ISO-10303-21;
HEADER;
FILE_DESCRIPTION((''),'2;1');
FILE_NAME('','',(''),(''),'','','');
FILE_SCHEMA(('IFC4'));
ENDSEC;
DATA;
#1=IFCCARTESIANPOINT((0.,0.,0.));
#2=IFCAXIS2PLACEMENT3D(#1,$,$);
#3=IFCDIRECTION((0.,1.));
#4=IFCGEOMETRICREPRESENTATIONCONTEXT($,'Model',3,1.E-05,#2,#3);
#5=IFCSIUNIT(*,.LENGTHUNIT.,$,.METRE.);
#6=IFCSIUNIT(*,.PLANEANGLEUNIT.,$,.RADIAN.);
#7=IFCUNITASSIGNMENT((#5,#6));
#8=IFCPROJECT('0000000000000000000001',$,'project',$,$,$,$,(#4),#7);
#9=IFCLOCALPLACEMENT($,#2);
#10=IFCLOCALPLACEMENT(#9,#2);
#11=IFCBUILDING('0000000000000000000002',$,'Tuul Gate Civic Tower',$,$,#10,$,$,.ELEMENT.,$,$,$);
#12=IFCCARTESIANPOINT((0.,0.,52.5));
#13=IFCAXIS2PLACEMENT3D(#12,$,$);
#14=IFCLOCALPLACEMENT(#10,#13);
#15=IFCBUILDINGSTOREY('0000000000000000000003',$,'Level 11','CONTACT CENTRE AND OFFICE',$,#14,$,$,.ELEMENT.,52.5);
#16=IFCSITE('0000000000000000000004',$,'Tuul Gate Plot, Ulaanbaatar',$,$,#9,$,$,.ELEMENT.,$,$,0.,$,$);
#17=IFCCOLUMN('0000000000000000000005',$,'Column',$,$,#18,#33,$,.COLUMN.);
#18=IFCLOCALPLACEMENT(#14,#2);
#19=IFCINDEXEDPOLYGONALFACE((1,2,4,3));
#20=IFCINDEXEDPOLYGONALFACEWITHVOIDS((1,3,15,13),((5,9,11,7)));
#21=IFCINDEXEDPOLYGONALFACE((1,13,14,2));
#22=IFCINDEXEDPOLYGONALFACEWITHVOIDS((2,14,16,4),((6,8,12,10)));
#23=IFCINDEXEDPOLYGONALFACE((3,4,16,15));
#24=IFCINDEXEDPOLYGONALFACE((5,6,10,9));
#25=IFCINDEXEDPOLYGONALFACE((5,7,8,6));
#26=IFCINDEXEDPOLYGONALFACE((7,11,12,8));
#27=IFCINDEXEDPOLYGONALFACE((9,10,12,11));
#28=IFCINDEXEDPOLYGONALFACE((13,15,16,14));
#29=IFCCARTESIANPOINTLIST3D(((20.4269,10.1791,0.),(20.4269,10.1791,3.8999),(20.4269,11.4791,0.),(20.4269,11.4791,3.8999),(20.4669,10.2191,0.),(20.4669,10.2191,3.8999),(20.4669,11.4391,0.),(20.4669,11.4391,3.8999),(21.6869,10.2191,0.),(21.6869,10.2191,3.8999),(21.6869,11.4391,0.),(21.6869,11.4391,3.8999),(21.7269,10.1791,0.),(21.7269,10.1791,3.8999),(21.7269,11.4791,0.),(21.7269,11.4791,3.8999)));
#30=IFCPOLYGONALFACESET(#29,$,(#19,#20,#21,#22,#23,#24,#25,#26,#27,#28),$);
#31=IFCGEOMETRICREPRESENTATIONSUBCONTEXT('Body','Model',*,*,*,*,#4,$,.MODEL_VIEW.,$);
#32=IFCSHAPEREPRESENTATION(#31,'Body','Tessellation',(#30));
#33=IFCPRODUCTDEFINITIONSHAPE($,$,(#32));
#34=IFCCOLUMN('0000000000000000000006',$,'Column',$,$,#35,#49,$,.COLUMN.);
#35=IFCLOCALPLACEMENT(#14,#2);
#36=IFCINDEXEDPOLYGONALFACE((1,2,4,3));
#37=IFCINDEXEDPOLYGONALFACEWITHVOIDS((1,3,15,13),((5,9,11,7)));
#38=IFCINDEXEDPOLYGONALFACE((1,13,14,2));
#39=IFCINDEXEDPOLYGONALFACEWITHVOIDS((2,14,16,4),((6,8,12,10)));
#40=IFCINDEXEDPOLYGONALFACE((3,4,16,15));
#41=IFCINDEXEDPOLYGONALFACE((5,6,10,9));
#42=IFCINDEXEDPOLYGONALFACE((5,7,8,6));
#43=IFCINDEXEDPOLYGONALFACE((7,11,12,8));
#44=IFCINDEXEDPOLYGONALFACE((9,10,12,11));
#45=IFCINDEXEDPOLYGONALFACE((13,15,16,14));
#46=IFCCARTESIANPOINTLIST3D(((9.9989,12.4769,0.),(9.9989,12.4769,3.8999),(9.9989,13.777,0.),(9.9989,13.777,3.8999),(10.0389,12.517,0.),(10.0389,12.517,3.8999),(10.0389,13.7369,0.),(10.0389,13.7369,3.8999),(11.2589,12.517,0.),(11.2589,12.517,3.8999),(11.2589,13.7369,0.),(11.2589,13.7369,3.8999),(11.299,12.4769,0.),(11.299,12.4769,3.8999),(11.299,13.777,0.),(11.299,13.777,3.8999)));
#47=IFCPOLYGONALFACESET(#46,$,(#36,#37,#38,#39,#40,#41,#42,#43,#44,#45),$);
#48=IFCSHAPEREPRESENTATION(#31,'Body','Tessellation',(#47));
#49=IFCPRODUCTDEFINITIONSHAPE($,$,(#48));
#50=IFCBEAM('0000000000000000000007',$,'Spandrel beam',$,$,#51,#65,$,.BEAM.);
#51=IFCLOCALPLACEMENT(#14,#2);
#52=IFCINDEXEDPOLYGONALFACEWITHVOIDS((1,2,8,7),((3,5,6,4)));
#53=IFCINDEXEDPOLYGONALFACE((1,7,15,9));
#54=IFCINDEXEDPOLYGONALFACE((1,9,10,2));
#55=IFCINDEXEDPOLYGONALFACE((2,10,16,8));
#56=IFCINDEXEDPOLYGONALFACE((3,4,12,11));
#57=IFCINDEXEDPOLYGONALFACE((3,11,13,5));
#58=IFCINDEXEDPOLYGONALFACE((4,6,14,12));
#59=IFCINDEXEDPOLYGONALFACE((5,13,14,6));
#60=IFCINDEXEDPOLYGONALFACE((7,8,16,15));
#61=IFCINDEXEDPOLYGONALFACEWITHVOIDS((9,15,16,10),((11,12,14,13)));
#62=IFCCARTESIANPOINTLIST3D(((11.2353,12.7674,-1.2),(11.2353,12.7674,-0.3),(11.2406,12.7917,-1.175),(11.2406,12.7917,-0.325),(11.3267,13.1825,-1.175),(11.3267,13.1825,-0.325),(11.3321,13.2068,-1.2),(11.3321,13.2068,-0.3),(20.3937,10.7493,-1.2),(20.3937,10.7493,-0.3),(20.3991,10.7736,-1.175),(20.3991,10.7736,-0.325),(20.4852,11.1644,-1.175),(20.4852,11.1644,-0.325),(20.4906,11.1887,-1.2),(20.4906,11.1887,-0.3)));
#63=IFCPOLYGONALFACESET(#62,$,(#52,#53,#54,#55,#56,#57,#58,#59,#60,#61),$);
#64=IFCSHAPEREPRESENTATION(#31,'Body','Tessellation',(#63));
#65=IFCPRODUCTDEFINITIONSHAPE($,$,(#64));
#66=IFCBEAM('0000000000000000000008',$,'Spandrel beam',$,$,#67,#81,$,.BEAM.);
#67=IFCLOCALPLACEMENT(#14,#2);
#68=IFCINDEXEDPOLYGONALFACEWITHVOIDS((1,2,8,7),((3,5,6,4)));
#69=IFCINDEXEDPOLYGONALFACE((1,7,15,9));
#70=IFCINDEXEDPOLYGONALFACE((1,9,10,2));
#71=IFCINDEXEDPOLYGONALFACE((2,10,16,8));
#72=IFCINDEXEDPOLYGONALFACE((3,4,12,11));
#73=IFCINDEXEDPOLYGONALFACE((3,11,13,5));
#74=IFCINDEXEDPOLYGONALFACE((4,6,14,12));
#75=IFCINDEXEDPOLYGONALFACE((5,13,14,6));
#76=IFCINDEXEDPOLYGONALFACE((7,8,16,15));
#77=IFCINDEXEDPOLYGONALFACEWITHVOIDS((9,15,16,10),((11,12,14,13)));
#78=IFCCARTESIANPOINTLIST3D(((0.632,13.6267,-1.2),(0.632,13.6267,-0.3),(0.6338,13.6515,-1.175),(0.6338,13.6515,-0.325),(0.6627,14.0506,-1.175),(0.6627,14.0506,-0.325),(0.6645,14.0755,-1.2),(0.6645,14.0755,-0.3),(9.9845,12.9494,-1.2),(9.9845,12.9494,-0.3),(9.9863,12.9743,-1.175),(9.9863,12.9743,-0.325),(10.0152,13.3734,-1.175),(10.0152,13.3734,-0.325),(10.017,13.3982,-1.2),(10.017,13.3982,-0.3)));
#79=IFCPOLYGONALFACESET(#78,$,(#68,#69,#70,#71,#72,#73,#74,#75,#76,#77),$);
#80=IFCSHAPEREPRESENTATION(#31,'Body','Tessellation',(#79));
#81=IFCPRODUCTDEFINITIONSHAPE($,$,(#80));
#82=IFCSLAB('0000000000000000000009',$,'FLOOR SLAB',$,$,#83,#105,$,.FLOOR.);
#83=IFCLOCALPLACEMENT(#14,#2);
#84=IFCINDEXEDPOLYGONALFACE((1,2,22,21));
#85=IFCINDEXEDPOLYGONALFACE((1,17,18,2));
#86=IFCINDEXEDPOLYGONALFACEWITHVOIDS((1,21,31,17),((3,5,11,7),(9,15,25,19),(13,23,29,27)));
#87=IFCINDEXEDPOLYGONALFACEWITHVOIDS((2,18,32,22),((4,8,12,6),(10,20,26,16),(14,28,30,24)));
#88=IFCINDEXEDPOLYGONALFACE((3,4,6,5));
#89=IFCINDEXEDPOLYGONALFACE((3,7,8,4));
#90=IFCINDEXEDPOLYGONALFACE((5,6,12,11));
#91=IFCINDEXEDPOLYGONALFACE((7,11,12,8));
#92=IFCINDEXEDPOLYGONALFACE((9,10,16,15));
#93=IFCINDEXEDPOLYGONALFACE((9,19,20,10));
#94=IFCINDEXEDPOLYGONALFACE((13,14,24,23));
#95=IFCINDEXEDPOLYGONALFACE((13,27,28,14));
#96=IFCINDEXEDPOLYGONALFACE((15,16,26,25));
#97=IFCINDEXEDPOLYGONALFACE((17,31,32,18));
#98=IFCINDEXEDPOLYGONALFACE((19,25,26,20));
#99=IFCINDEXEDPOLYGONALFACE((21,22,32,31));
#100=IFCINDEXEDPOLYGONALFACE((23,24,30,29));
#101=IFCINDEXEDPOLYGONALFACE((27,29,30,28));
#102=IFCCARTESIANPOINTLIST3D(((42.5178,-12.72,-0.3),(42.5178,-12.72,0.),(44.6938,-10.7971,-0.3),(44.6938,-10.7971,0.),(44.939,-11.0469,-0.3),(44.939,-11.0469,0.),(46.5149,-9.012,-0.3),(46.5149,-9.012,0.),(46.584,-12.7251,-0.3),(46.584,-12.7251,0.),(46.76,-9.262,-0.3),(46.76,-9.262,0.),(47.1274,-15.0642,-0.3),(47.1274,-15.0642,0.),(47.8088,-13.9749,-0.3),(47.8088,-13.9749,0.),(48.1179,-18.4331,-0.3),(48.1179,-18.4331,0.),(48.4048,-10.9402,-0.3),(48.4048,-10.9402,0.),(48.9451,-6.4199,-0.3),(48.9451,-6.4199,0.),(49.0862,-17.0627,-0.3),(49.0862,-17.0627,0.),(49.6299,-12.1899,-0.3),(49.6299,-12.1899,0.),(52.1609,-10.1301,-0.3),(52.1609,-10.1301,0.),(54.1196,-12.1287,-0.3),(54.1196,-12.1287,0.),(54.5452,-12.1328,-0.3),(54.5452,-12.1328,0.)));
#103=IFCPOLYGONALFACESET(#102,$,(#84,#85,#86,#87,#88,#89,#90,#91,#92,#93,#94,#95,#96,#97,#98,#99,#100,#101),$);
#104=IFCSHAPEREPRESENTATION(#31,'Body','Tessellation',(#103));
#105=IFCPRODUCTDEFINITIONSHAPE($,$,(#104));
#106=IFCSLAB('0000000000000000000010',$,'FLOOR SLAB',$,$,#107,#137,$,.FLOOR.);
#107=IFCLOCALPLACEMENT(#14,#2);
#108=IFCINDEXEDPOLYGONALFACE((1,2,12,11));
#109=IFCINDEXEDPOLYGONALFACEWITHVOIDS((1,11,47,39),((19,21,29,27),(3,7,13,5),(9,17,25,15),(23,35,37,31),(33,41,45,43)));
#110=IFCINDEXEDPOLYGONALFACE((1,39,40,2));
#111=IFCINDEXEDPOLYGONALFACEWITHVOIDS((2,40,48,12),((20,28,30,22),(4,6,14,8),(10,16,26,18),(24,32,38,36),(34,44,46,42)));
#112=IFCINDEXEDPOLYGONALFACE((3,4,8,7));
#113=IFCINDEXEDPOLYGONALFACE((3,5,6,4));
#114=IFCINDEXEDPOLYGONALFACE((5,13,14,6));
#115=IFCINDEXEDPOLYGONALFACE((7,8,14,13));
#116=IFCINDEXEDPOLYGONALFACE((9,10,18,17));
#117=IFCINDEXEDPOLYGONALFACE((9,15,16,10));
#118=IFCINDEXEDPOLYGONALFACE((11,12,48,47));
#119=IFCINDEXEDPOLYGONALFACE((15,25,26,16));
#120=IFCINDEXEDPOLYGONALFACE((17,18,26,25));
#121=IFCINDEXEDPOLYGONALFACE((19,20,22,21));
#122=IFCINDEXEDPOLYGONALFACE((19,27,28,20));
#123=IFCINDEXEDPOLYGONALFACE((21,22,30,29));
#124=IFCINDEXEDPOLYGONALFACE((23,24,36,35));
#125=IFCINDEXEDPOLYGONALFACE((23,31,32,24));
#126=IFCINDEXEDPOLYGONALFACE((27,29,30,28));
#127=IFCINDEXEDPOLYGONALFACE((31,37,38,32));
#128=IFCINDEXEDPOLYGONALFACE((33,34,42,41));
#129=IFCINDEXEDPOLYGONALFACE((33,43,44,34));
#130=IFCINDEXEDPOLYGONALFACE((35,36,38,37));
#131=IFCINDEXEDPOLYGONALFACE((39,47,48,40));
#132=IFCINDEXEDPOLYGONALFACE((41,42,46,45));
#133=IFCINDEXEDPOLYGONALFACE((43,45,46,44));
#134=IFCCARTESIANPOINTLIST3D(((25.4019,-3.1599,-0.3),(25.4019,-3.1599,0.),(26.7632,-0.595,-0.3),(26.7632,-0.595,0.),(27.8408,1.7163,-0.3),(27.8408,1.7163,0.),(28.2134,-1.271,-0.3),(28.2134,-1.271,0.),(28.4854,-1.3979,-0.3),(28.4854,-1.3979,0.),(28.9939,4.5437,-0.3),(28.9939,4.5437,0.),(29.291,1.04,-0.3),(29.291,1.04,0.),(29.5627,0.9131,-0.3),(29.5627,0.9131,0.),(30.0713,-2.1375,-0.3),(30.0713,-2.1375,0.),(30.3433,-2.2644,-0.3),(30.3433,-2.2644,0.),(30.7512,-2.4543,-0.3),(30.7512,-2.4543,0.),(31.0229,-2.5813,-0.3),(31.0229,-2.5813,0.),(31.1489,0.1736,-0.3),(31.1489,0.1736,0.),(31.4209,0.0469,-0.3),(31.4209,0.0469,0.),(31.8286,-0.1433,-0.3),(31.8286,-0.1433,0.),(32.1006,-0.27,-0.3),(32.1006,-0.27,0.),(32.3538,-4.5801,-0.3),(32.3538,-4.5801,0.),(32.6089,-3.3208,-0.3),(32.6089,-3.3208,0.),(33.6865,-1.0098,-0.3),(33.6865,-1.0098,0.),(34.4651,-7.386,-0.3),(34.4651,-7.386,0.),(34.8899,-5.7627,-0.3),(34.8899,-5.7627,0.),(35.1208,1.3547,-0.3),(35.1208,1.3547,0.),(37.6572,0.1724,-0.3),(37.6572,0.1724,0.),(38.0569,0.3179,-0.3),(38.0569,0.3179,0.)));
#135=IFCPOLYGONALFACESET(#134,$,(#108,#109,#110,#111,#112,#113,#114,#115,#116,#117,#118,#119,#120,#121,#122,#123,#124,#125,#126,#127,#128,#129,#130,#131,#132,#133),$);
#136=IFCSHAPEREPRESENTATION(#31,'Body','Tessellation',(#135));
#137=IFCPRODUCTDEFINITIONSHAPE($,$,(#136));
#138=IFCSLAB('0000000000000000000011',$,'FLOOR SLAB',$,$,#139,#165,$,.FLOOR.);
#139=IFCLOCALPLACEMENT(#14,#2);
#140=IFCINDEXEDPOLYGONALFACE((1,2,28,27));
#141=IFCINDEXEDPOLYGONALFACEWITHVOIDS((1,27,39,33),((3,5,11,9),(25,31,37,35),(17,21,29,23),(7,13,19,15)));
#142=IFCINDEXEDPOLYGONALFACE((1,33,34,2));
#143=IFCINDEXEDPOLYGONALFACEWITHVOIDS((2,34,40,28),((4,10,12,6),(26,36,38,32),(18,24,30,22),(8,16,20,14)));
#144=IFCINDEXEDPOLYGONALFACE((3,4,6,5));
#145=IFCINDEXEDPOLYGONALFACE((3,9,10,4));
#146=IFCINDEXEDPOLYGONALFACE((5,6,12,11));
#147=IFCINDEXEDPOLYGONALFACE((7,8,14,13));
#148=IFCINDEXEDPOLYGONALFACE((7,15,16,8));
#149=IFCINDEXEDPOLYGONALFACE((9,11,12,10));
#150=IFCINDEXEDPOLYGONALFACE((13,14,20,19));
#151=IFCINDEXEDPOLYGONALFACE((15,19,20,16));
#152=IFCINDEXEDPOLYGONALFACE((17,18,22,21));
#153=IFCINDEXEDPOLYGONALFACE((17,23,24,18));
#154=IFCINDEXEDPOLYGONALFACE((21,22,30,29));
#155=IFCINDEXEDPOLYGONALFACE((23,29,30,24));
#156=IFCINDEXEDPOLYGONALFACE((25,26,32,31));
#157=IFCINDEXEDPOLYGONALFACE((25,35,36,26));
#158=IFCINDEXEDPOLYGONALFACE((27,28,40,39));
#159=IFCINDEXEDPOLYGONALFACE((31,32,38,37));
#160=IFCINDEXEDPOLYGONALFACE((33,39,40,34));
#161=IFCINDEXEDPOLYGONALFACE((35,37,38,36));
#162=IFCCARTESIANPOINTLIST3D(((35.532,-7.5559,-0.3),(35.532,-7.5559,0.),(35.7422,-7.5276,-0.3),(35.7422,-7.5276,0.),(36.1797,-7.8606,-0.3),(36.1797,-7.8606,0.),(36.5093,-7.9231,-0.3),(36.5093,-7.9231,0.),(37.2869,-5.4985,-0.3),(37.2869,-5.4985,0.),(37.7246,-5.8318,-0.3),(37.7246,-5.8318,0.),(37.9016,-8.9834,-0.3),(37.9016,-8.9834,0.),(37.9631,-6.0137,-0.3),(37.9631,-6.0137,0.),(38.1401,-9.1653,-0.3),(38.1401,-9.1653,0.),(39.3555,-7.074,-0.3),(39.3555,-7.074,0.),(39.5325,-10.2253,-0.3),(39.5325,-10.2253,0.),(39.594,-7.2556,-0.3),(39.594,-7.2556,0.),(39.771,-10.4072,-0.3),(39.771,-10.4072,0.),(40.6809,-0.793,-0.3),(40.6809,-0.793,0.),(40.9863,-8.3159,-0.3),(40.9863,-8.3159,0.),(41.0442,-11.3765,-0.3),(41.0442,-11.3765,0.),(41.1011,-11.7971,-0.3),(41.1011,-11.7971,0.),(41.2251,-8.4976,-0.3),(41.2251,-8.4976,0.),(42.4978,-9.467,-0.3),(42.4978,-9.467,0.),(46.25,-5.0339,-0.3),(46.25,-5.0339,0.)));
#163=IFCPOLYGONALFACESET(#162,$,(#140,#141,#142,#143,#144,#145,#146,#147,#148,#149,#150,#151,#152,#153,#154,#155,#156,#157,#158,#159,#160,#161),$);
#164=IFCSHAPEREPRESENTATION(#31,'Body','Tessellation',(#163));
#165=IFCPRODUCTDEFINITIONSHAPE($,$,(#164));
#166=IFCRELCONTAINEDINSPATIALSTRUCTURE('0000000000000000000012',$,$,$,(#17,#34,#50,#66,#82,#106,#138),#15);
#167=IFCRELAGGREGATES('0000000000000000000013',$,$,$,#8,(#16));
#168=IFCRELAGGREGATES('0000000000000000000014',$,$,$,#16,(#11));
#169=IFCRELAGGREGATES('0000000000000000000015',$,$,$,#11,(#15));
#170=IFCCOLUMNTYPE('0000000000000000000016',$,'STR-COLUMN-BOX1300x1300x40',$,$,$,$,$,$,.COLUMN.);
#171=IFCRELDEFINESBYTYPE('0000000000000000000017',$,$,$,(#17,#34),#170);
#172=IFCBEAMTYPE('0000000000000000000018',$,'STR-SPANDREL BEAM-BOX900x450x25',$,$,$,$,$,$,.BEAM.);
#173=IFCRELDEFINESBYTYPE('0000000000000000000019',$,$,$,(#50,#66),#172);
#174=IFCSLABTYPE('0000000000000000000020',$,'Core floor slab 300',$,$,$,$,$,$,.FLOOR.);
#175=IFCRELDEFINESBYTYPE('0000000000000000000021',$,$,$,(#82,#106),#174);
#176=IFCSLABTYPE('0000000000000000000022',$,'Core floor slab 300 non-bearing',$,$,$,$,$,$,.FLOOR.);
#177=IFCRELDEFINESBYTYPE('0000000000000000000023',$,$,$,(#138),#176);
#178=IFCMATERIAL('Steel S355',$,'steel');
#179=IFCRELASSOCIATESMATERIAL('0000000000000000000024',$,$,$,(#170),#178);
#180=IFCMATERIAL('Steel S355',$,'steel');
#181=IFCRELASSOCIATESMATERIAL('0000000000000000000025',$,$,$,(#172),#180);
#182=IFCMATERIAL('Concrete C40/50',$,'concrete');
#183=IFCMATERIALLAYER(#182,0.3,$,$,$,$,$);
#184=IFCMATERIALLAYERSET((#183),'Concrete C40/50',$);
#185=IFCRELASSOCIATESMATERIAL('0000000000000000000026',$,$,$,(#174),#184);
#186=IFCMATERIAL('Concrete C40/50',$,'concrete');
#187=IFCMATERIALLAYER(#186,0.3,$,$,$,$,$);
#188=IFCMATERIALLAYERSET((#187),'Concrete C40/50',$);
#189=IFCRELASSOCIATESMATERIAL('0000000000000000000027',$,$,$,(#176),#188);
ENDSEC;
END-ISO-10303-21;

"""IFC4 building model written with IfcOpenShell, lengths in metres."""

from ifc_helpers import new_model, si_unit, direction, frame, origin, origin_2d, place, context, subcontext, project, spatial, polyline, hollow_rectangle, outline, extrude, material, layer, layer_set, material_profile, profile_set, type_object, element, save


model = new_model("IFC4")

# Units and contexts
model_context = context("Model", 3, precision=1e-05, world=origin(), true_north=direction((0.0, 1.0)))
body_context = subcontext(model_context, "Body", "Model", "MODEL_VIEW")
ifc_project = project(units=[si_unit("LENGTHUNIT", "METRE"), si_unit("PLANEANGLEUNIT", "RADIAN")], contexts=[model_context])

# Site, building, storey
site_placement = place(None, origin())
site = spatial("IfcSite", under=ifc_project, at=site_placement, Name="Tuul Gate Plot, Ulaanbaatar", CompositionType="ELEMENT", RefElevation=0.0)
building_placement = place(site_placement, origin())
building = spatial("IfcBuilding", under=site, at=building_placement, Name="Tuul Gate Civic Tower", CompositionType="ELEMENT")
storey_placement = place(building_placement, frame((0.0, 0.0, 52.5)))
storey = spatial("IfcBuildingStorey", under=building, at=storey_placement, Name="Level 11", Description="CONTACT CENTRE AND OFFICE", CompositionType="ELEMENT", Elevation=52.5)

# Columns
ifc_material_1 = material(Name="Steel S355", Category="steel")
ifc_material_profile_1 = material_profile(ifc_material_1, hollow_rectangle(XDim=1.3, YDim=1.3, WallThickness=0.04, at=origin_2d()), Name="BOX1300x1300x40")
ifc_profile_set_1 = profile_set([ifc_material_profile_1], Name="Steel S355")
column_type = type_object("IfcColumnType", Name="STR-COLUMN-BOX1300x1300x40", PredefinedType="COLUMN", material=ifc_profile_set_1)
for number, where, z_axis, x_axis, name in (
    (1, (21.0769, 10.8291, 0.0), (0.0, 0.0, 1.0), (1.0, 0.0, 0.0), "Column"),
    (2, (10.6489, 13.127, 0.0), (0.0, 0.0, 1.0), (1.0, 0.0, 0.0), "Column"),
):
    element("IfcColumn", number, at=place(storey_placement, frame(where, z_axis=z_axis, x_axis=x_axis)), inside=storey, type_object=column_type, Name=name, PredefinedType="COLUMN", context=body_context, shape_type="SweptSolid", body=[
        extrude(hollow_rectangle(XDim=1.3, YDim=1.3, WallThickness=0.04, at=origin_2d()), origin(), (0.0, 0.0, 1.0), 3.8999),
    ])

# Beams
ifc_material_2 = material(Name="Steel S355", Category="steel")
ifc_material_profile_2 = material_profile(ifc_material_2, hollow_rectangle(XDim=0.45, YDim=0.8999, WallThickness=0.0249, at=origin_2d()), Name="BOX900x450x25")
ifc_profile_set_2 = profile_set([ifc_material_profile_2], Name="Steel S355")
beam_type = type_object("IfcBeamType", Name="STR-SPANDREL BEAM-BOX900x450x25", PredefinedType="BEAM", material=ifc_profile_set_2)
beam_1_placement = place(storey_placement, frame((20.4421, 10.969, -0.75), z_axis=(-0.976573, 0.215188, 0.0), x_axis=(-0.215188, -0.976573, 0.0)))
element("IfcBeam", 3, at=beam_1_placement, inside=storey, type_object=beam_type, Name="Spandrel beam", PredefinedType="BEAM", context=body_context, shape_type="SweptSolid", body=[
    extrude(hollow_rectangle(XDim=0.45, YDim=0.8999, WallThickness=0.0249, at=origin_2d()), origin(), (0.0, 0.0, 1.0), 9.3782),
])
beam_2_placement = place(storey_placement, frame((10.0007, 13.1738, -0.75), z_axis=(-0.997388, 0.072224, 0.0), x_axis=(-0.072224, -0.997388, 0.0)))
element("IfcBeam", 4, at=beam_2_placement, inside=storey, type_object=beam_type, Name="Spandrel beam", PredefinedType="BEAM", context=body_context, shape_type="SweptSolid", body=[
    extrude(hollow_rectangle(XDim=0.45, YDim=0.8999, WallThickness=0.0249, at=origin_2d()), origin(), (0.0, 0.0, 1.0), 9.377),
])

# Slabs
ifc_material_3 = material(Name="Concrete C40/50", Category="concrete")
ifc_layer_1 = layer(ifc_material_3, 0.3)
ifc_layer_set_1 = layer_set([ifc_layer_1], Name="Concrete C40/50")
slab_type_1 = type_object("IfcSlabType", Name="Core floor slab 300", PredefinedType="FLOOR", material=ifc_layer_set_1)
slab_1_placement = place(storey_placement, frame((0.0, 0.0, -0.3)))
element("IfcSlab", 5, at=slab_1_placement, inside=storey, type_object=slab_type_1, Name="FLOOR SLAB", PredefinedType="FLOOR", context=body_context, shape_type="SweptSolid", body=[
    extrude(outline(polyline([(48.1179, -18.4331), (54.5452, -12.1328), (48.9451, -6.4199), (42.5178, -12.72), (48.1179, -18.4331)]), holes=[polyline([(47.8088, -13.9749), (49.6299, -12.1899), (48.4048, -10.9402), (46.584, -12.7251), (47.8088, -13.9749)]), polyline([(44.939, -11.0469), (46.76, -9.262), (46.5149, -9.012), (44.6938, -10.7971), (44.939, -11.0469)]), polyline([(49.0862, -17.0627), (47.1274, -15.0642), (52.1609, -10.1301), (54.1196, -12.1287), (49.0862, -17.0627)])]), origin(), (0.0, 0.0, 1.0), 0.3),
])
slab_2_placement = place(storey_placement, frame((0.0, 0.0, -0.3)))
element("IfcSlab", 6, at=slab_2_placement, inside=storey, type_object=slab_type_1, Name="FLOOR SLAB", PredefinedType="FLOOR", context=body_context, shape_type="SweptSolid", body=[
    extrude(outline(polyline([(34.4651, -7.386), (38.0569, 0.3179), (28.9939, 4.5437), (25.4019, -3.1599), (34.4651, -7.386)]), holes=[polyline([(32.6089, -3.3208), (33.6865, -1.0098), (32.1006, -0.27), (31.0229, -2.5813), (32.6089, -3.3208)]), polyline([(30.0713, -2.1375), (31.1489, 0.1736), (29.5627, 0.9131), (28.4854, -1.3979), (30.0713, -2.1375)]), polyline([(30.7512, -2.4543), (31.8286, -0.1433), (31.4209, 0.0469), (30.3433, -2.2644), (30.7512, -2.4543)]), polyline([(28.2134, -1.271), (29.291, 1.04), (27.8408, 1.7163), (26.7632, -0.595), (28.2134, -1.271)]), polyline([(34.8899, -5.7627), (32.3538, -4.5801), (35.1208, 1.3547), (37.6572, 0.1724), (34.8899, -5.7627)])]), origin(), (0.0, 0.0, 1.0), 0.3),
])
ifc_material_4 = material(Name="Concrete C40/50", Category="concrete")
ifc_layer_2 = layer(ifc_material_4, 0.3)
ifc_layer_set_2 = layer_set([ifc_layer_2], Name="Concrete C40/50")
slab_type_2 = type_object("IfcSlabType", Name="Core floor slab 300 non-bearing", PredefinedType="FLOOR", material=ifc_layer_set_2)
slab_3_placement = place(storey_placement, frame((0.0, 0.0, -0.3)))
element("IfcSlab", 7, at=slab_3_placement, inside=storey, type_object=slab_type_2, Name="FLOOR SLAB", PredefinedType="FLOOR", context=body_context, shape_type="SweptSolid", body=[
    extrude(outline(polyline([(41.1011, -11.7971), (46.25, -5.0339), (40.6809, -0.793), (35.532, -7.5559), (41.1011, -11.7971)]), holes=[polyline([(41.0442, -11.3765), (42.4978, -9.467), (41.2251, -8.4976), (39.771, -10.4072), (41.0442, -11.3765)]), polyline([(39.5325, -10.2253), (40.9863, -8.3159), (39.594, -7.2556), (38.1401, -9.1653), (39.5325, -10.2253)]), polyline([(37.9016, -8.9834), (39.3555, -7.074), (37.9631, -6.0137), (36.5093, -7.9231), (37.9016, -8.9834)]), polyline([(36.1797, -7.8606), (37.7246, -5.8318), (37.2869, -5.4985), (35.7422, -7.5276), (36.1797, -7.8606)])]), origin(), (0.0, 0.0, 1.0), 0.3),
])

save(model, "model.ifc")
